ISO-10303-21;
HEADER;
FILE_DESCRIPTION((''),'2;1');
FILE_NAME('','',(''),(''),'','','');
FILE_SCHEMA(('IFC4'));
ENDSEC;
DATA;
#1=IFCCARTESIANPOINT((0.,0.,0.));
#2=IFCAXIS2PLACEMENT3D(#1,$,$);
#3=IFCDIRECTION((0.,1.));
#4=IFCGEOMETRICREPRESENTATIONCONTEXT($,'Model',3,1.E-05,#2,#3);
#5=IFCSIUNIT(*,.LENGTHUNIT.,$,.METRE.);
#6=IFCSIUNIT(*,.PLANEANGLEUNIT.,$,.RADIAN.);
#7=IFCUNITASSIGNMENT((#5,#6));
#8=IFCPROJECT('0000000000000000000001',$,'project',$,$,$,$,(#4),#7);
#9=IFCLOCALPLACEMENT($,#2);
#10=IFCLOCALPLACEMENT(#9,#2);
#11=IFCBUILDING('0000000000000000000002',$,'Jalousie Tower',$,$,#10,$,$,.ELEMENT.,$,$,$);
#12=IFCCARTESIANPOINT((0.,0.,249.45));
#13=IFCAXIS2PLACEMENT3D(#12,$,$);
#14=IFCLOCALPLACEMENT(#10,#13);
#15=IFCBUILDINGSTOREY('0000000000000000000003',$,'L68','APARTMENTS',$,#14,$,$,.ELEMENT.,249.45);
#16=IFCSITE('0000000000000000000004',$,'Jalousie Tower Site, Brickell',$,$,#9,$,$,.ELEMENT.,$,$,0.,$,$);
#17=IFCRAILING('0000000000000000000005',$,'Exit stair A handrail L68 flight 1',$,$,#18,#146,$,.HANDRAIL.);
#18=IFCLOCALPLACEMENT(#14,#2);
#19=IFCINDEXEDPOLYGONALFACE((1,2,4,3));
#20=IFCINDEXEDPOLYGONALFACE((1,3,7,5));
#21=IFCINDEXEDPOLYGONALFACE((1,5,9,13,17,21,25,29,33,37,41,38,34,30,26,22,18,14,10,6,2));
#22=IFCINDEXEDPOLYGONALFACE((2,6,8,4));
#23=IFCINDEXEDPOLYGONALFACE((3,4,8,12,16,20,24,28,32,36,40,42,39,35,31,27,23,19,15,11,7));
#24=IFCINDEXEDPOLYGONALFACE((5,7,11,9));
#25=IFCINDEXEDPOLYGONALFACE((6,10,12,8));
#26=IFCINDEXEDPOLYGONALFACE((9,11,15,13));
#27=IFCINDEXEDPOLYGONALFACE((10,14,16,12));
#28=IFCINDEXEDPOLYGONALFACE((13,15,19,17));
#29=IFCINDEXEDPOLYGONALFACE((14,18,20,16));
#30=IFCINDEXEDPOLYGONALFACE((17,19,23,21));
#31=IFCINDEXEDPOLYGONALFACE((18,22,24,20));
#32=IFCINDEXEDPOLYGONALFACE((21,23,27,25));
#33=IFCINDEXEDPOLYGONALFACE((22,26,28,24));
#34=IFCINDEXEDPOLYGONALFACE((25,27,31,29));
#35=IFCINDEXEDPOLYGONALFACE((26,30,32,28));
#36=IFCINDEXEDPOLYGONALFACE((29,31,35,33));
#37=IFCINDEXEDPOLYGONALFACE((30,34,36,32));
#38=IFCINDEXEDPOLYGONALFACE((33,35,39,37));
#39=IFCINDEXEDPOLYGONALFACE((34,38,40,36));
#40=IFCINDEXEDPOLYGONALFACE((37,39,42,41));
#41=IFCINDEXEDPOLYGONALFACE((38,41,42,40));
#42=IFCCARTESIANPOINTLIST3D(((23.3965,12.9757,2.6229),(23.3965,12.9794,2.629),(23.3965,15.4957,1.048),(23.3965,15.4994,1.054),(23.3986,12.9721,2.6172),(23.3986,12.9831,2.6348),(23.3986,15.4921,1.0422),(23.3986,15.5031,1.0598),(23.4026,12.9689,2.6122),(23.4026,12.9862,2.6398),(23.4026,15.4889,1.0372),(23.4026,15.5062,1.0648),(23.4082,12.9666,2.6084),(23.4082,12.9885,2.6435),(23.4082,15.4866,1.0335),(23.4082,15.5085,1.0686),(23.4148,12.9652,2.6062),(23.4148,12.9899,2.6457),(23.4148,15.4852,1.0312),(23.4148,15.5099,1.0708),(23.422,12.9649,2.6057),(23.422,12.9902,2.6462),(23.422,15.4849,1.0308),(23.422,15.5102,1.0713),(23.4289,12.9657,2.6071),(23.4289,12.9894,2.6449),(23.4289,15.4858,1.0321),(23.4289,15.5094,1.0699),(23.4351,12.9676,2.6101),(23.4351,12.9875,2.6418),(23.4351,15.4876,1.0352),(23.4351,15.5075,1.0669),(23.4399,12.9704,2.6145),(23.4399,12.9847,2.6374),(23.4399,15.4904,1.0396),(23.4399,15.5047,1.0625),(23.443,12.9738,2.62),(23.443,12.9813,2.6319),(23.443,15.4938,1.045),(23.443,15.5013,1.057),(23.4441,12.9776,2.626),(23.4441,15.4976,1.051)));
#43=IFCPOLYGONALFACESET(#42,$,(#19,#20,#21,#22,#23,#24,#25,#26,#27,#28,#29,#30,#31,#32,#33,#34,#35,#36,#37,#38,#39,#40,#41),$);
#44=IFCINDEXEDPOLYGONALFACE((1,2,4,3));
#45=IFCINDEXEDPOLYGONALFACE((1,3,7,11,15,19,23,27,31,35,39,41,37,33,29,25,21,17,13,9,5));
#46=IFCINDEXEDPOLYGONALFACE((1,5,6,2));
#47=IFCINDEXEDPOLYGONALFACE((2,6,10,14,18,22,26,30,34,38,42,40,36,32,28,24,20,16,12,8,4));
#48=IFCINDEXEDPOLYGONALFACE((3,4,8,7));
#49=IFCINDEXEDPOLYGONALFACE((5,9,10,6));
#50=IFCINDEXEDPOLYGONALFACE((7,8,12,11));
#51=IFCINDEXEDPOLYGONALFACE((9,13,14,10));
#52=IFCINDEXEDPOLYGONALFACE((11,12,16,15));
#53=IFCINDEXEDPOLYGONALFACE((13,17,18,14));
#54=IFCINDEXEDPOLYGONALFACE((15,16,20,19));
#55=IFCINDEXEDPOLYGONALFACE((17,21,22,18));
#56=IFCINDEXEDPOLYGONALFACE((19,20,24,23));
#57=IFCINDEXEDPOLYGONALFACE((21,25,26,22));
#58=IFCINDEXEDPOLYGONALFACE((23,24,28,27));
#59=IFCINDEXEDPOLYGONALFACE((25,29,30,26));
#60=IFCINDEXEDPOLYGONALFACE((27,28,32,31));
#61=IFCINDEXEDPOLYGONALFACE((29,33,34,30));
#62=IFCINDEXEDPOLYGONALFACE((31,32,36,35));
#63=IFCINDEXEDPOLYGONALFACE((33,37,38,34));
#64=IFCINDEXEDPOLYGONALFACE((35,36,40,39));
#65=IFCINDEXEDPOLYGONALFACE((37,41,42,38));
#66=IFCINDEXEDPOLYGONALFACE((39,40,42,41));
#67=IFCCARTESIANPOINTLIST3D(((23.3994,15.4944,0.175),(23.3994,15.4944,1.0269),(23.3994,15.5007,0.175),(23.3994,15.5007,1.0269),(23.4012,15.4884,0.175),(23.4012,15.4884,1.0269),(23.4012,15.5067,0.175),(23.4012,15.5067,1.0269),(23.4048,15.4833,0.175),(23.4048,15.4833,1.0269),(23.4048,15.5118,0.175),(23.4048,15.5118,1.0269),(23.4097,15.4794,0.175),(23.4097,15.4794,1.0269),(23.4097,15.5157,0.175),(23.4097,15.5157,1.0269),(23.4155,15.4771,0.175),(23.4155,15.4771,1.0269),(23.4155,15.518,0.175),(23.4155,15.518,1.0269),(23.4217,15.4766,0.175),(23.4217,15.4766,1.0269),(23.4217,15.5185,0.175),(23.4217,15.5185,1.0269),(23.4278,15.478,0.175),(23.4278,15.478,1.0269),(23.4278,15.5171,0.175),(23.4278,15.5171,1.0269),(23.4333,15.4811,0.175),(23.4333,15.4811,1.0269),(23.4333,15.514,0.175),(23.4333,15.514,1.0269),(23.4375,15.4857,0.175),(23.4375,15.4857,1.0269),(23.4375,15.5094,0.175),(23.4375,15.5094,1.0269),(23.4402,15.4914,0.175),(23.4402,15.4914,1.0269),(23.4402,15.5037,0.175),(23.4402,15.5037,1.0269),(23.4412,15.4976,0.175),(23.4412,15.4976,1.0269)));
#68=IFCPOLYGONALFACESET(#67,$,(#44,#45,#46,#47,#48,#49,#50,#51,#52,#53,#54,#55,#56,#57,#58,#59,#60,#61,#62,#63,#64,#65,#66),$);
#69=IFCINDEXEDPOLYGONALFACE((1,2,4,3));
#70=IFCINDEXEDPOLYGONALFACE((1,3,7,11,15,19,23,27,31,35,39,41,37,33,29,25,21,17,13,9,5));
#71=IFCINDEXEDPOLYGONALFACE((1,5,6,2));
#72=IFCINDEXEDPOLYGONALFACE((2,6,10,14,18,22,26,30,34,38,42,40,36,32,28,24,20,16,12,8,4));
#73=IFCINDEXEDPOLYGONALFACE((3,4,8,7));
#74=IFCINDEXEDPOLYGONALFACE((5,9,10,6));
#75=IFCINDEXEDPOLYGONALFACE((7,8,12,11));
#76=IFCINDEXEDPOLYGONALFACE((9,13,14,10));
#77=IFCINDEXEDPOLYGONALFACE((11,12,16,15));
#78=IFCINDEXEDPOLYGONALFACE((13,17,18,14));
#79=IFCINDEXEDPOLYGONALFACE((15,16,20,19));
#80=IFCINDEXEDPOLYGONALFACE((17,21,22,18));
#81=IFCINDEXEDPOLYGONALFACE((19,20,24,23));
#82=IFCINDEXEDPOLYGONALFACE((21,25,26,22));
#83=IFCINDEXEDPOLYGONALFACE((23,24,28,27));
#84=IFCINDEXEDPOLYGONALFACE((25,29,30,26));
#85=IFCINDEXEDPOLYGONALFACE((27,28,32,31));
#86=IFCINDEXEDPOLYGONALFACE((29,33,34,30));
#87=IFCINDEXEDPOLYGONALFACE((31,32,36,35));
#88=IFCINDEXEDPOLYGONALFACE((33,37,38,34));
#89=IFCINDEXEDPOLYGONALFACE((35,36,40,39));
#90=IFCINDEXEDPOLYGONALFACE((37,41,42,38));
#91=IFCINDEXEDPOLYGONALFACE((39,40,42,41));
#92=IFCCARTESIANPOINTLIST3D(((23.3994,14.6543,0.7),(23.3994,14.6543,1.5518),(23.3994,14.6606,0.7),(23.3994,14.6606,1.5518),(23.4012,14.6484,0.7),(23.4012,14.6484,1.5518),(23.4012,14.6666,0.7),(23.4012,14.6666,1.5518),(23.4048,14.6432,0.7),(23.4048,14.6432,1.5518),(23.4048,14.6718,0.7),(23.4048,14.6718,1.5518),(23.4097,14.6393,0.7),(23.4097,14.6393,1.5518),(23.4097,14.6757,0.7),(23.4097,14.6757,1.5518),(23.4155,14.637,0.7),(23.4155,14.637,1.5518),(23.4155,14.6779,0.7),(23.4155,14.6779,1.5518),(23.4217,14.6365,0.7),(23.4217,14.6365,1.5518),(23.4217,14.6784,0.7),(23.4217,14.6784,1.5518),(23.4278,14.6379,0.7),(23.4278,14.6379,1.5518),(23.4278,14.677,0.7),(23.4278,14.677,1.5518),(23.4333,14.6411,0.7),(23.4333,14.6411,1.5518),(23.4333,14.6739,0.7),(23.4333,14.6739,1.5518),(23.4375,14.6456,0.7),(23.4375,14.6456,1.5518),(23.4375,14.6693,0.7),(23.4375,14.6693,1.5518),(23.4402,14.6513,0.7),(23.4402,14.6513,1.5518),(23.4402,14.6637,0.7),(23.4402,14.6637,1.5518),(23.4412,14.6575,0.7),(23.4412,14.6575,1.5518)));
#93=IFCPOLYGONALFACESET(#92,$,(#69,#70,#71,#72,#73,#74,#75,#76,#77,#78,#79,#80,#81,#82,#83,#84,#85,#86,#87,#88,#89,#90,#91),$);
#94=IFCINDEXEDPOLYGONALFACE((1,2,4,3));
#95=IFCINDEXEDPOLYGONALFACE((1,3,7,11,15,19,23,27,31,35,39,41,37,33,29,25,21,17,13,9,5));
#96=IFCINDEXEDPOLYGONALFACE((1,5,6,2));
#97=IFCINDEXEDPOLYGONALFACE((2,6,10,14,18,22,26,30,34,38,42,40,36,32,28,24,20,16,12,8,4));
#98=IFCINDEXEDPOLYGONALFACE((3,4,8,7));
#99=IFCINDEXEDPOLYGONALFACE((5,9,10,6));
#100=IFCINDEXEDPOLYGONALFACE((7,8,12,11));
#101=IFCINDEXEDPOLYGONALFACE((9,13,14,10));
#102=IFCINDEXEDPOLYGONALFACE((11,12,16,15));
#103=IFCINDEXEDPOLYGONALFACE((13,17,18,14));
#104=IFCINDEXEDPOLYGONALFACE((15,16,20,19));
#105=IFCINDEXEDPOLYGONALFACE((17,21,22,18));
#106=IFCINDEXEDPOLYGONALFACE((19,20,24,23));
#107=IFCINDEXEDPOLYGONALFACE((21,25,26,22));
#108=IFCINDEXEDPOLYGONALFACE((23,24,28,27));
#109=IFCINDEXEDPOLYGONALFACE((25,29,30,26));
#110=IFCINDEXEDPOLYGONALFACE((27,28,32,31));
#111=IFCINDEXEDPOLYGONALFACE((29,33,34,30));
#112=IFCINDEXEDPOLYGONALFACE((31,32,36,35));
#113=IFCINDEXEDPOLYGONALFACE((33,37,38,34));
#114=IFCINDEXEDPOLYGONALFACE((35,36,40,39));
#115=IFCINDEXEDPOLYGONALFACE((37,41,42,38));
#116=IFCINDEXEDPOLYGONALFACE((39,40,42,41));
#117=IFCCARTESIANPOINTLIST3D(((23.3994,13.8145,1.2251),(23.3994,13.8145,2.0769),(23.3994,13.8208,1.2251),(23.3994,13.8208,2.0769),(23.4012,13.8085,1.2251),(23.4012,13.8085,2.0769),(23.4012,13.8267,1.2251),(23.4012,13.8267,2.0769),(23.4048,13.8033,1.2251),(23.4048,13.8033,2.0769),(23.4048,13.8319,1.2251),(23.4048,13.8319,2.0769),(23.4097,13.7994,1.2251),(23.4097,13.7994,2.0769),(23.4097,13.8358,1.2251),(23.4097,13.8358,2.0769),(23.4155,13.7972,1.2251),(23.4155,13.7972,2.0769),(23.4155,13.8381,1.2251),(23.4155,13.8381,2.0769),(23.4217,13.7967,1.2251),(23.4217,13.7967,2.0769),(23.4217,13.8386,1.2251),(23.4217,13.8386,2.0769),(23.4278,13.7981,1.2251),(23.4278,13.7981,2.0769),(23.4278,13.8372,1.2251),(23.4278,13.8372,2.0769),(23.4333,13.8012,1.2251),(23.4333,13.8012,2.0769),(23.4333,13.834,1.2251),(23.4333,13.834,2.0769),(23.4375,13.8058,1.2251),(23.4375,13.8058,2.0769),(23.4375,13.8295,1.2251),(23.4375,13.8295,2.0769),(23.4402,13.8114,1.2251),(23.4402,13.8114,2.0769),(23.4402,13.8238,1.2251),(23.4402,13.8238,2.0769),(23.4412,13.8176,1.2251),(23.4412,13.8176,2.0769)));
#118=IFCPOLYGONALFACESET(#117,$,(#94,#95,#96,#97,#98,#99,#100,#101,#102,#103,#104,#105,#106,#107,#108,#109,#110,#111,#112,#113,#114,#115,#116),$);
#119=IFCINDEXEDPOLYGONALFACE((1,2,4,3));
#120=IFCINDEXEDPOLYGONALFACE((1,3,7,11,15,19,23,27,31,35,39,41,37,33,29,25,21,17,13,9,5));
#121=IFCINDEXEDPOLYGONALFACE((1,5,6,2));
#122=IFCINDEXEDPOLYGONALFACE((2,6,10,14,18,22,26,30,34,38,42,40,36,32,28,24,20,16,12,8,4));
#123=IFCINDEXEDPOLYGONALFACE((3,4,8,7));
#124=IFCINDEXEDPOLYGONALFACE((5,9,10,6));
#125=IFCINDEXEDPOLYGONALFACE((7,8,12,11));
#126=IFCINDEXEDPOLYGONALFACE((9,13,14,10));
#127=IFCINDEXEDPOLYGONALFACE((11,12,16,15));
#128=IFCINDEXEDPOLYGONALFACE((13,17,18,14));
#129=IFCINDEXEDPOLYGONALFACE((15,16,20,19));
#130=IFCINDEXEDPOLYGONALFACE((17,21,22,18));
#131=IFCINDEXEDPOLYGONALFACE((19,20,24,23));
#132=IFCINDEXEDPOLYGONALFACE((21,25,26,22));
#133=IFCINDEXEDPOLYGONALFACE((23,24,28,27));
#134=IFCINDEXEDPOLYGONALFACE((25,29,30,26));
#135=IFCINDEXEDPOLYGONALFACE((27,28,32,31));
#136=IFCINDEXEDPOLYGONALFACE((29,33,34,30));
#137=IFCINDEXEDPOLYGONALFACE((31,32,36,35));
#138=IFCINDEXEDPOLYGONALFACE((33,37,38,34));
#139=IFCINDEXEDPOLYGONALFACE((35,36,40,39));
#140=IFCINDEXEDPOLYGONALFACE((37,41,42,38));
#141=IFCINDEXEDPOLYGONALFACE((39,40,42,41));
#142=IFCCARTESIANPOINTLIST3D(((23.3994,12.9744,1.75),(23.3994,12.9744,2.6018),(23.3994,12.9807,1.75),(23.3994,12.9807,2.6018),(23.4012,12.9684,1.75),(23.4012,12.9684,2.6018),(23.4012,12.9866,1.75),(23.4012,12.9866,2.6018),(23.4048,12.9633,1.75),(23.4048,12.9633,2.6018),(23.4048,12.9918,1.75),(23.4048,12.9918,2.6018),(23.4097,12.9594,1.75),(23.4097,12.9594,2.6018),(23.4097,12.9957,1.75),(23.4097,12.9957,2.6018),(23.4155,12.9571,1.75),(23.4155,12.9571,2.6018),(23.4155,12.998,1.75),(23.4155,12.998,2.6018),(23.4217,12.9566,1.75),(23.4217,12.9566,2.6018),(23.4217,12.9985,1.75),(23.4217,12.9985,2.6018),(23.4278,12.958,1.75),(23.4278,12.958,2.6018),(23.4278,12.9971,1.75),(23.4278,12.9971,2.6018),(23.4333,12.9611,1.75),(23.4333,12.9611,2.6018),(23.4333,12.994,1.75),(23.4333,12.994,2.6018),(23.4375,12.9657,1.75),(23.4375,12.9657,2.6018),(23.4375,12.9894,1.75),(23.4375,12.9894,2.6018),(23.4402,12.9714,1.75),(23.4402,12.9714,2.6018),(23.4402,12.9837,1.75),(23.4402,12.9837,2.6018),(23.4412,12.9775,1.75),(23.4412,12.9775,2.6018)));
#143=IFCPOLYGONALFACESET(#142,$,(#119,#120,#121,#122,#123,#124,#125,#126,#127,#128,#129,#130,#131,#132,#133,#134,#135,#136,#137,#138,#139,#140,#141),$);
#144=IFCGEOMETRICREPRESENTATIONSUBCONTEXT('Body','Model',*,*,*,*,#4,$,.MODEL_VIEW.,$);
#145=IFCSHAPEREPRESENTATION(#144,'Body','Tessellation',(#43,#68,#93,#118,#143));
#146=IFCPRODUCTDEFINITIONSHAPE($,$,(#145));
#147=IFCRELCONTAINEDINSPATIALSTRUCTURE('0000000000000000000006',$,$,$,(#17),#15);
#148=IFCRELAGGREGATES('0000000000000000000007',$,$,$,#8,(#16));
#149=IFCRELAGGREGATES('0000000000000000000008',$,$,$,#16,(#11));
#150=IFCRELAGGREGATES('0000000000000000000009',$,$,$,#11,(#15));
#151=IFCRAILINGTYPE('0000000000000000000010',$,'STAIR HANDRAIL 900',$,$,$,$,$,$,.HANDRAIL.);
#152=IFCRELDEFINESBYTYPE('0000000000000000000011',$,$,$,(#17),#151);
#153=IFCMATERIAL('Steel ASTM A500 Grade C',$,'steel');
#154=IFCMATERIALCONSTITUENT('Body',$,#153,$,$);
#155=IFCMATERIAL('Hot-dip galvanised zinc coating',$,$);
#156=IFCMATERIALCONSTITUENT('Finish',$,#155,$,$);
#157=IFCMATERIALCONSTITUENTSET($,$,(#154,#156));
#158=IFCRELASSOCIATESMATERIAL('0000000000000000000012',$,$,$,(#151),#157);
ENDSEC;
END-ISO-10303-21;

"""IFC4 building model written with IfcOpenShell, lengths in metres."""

from ifc_helpers import new_model, si_unit, direction, frame, origin, origin_2d, place, context, subcontext, project, spatial, circle, extrude, material, constituent, constituent_set, type_object, element, save


model = new_model("IFC4")

# Units and contexts
model_context = context("Model", 3, precision=1e-05, world=origin(), true_north=direction((0.0, 1.0)))
body_context = subcontext(model_context, "Body", "Model", "MODEL_VIEW")
ifc_project = project(units=[si_unit("LENGTHUNIT", "METRE"), si_unit("PLANEANGLEUNIT", "RADIAN")], contexts=[model_context])

# Site, building, storey
site_placement = place(None, origin())
site = spatial("IfcSite", under=ifc_project, at=site_placement, Name="Jalousie Tower Site, Brickell", CompositionType="ELEMENT", RefElevation=0.0)
building_placement = place(site_placement, origin())
building = spatial("IfcBuilding", under=site, at=building_placement, Name="Jalousie Tower", CompositionType="ELEMENT")
storey_placement = place(building_placement, frame((0.0, 0.0, 249.45)))
storey = spatial("IfcBuildingStorey", under=building, at=storey_placement, Name="L68", Description="APARTMENTS", CompositionType="ELEMENT", Elevation=249.45)

# Railing
ifc_material_1 = material(Name="Steel ASTM A500 Grade C", Category="steel")
ifc_constituent_1 = constituent(ifc_material_1, Name="Body")
ifc_material_2 = material(Name="Hot-dip galvanised zinc coating")
ifc_constituent_2 = constituent(ifc_material_2, Name="Finish")
ifc_constituent_set_1 = constituent_set(constituents=[ifc_constituent_1, ifc_constituent_2])
railing_type = type_object("IfcRailingType", Name="STAIR HANDRAIL 900", PredefinedType="HANDRAIL", material=ifc_constituent_set_1)
railing_placement = place(storey_placement, frame((23.4202, 15.4976, 0.175)))
element("IfcRailing", 1, at=railing_placement, inside=storey, type_object=railing_type, Name="Exit stair A handrail L68 flight 1", PredefinedType="HANDRAIL", context=body_context, shape_type="SweptSolid", body=[
    extrude(circle(Radius=0.0239, at=origin_2d()), frame((0.0, 0.0, 0.876), z_axis=(0.0, -0.848008, 0.529984), x_axis=(1.0, 0.0, 0.0)), (0.0, 0.0, 1.0), 2.9717),
    extrude(circle(Radius=0.021, at=origin_2d()), origin(), (0.0, 0.0, 1.0), 0.8518),
    extrude(circle(Radius=0.021, at=origin_2d()), frame((0.0, -0.8401, 0.5249)), (0.0, 0.0, 1.0), 0.8518),
    extrude(circle(Radius=0.021, at=origin_2d()), frame((0.0, -1.6799, 1.05)), (0.0, 0.0, 1.0), 0.8518),
    extrude(circle(Radius=0.021, at=origin_2d()), frame((0.0, -2.52, 1.575)), (0.0, 0.0, 1.0), 0.8518),
])

save(model, "model.ifc")
